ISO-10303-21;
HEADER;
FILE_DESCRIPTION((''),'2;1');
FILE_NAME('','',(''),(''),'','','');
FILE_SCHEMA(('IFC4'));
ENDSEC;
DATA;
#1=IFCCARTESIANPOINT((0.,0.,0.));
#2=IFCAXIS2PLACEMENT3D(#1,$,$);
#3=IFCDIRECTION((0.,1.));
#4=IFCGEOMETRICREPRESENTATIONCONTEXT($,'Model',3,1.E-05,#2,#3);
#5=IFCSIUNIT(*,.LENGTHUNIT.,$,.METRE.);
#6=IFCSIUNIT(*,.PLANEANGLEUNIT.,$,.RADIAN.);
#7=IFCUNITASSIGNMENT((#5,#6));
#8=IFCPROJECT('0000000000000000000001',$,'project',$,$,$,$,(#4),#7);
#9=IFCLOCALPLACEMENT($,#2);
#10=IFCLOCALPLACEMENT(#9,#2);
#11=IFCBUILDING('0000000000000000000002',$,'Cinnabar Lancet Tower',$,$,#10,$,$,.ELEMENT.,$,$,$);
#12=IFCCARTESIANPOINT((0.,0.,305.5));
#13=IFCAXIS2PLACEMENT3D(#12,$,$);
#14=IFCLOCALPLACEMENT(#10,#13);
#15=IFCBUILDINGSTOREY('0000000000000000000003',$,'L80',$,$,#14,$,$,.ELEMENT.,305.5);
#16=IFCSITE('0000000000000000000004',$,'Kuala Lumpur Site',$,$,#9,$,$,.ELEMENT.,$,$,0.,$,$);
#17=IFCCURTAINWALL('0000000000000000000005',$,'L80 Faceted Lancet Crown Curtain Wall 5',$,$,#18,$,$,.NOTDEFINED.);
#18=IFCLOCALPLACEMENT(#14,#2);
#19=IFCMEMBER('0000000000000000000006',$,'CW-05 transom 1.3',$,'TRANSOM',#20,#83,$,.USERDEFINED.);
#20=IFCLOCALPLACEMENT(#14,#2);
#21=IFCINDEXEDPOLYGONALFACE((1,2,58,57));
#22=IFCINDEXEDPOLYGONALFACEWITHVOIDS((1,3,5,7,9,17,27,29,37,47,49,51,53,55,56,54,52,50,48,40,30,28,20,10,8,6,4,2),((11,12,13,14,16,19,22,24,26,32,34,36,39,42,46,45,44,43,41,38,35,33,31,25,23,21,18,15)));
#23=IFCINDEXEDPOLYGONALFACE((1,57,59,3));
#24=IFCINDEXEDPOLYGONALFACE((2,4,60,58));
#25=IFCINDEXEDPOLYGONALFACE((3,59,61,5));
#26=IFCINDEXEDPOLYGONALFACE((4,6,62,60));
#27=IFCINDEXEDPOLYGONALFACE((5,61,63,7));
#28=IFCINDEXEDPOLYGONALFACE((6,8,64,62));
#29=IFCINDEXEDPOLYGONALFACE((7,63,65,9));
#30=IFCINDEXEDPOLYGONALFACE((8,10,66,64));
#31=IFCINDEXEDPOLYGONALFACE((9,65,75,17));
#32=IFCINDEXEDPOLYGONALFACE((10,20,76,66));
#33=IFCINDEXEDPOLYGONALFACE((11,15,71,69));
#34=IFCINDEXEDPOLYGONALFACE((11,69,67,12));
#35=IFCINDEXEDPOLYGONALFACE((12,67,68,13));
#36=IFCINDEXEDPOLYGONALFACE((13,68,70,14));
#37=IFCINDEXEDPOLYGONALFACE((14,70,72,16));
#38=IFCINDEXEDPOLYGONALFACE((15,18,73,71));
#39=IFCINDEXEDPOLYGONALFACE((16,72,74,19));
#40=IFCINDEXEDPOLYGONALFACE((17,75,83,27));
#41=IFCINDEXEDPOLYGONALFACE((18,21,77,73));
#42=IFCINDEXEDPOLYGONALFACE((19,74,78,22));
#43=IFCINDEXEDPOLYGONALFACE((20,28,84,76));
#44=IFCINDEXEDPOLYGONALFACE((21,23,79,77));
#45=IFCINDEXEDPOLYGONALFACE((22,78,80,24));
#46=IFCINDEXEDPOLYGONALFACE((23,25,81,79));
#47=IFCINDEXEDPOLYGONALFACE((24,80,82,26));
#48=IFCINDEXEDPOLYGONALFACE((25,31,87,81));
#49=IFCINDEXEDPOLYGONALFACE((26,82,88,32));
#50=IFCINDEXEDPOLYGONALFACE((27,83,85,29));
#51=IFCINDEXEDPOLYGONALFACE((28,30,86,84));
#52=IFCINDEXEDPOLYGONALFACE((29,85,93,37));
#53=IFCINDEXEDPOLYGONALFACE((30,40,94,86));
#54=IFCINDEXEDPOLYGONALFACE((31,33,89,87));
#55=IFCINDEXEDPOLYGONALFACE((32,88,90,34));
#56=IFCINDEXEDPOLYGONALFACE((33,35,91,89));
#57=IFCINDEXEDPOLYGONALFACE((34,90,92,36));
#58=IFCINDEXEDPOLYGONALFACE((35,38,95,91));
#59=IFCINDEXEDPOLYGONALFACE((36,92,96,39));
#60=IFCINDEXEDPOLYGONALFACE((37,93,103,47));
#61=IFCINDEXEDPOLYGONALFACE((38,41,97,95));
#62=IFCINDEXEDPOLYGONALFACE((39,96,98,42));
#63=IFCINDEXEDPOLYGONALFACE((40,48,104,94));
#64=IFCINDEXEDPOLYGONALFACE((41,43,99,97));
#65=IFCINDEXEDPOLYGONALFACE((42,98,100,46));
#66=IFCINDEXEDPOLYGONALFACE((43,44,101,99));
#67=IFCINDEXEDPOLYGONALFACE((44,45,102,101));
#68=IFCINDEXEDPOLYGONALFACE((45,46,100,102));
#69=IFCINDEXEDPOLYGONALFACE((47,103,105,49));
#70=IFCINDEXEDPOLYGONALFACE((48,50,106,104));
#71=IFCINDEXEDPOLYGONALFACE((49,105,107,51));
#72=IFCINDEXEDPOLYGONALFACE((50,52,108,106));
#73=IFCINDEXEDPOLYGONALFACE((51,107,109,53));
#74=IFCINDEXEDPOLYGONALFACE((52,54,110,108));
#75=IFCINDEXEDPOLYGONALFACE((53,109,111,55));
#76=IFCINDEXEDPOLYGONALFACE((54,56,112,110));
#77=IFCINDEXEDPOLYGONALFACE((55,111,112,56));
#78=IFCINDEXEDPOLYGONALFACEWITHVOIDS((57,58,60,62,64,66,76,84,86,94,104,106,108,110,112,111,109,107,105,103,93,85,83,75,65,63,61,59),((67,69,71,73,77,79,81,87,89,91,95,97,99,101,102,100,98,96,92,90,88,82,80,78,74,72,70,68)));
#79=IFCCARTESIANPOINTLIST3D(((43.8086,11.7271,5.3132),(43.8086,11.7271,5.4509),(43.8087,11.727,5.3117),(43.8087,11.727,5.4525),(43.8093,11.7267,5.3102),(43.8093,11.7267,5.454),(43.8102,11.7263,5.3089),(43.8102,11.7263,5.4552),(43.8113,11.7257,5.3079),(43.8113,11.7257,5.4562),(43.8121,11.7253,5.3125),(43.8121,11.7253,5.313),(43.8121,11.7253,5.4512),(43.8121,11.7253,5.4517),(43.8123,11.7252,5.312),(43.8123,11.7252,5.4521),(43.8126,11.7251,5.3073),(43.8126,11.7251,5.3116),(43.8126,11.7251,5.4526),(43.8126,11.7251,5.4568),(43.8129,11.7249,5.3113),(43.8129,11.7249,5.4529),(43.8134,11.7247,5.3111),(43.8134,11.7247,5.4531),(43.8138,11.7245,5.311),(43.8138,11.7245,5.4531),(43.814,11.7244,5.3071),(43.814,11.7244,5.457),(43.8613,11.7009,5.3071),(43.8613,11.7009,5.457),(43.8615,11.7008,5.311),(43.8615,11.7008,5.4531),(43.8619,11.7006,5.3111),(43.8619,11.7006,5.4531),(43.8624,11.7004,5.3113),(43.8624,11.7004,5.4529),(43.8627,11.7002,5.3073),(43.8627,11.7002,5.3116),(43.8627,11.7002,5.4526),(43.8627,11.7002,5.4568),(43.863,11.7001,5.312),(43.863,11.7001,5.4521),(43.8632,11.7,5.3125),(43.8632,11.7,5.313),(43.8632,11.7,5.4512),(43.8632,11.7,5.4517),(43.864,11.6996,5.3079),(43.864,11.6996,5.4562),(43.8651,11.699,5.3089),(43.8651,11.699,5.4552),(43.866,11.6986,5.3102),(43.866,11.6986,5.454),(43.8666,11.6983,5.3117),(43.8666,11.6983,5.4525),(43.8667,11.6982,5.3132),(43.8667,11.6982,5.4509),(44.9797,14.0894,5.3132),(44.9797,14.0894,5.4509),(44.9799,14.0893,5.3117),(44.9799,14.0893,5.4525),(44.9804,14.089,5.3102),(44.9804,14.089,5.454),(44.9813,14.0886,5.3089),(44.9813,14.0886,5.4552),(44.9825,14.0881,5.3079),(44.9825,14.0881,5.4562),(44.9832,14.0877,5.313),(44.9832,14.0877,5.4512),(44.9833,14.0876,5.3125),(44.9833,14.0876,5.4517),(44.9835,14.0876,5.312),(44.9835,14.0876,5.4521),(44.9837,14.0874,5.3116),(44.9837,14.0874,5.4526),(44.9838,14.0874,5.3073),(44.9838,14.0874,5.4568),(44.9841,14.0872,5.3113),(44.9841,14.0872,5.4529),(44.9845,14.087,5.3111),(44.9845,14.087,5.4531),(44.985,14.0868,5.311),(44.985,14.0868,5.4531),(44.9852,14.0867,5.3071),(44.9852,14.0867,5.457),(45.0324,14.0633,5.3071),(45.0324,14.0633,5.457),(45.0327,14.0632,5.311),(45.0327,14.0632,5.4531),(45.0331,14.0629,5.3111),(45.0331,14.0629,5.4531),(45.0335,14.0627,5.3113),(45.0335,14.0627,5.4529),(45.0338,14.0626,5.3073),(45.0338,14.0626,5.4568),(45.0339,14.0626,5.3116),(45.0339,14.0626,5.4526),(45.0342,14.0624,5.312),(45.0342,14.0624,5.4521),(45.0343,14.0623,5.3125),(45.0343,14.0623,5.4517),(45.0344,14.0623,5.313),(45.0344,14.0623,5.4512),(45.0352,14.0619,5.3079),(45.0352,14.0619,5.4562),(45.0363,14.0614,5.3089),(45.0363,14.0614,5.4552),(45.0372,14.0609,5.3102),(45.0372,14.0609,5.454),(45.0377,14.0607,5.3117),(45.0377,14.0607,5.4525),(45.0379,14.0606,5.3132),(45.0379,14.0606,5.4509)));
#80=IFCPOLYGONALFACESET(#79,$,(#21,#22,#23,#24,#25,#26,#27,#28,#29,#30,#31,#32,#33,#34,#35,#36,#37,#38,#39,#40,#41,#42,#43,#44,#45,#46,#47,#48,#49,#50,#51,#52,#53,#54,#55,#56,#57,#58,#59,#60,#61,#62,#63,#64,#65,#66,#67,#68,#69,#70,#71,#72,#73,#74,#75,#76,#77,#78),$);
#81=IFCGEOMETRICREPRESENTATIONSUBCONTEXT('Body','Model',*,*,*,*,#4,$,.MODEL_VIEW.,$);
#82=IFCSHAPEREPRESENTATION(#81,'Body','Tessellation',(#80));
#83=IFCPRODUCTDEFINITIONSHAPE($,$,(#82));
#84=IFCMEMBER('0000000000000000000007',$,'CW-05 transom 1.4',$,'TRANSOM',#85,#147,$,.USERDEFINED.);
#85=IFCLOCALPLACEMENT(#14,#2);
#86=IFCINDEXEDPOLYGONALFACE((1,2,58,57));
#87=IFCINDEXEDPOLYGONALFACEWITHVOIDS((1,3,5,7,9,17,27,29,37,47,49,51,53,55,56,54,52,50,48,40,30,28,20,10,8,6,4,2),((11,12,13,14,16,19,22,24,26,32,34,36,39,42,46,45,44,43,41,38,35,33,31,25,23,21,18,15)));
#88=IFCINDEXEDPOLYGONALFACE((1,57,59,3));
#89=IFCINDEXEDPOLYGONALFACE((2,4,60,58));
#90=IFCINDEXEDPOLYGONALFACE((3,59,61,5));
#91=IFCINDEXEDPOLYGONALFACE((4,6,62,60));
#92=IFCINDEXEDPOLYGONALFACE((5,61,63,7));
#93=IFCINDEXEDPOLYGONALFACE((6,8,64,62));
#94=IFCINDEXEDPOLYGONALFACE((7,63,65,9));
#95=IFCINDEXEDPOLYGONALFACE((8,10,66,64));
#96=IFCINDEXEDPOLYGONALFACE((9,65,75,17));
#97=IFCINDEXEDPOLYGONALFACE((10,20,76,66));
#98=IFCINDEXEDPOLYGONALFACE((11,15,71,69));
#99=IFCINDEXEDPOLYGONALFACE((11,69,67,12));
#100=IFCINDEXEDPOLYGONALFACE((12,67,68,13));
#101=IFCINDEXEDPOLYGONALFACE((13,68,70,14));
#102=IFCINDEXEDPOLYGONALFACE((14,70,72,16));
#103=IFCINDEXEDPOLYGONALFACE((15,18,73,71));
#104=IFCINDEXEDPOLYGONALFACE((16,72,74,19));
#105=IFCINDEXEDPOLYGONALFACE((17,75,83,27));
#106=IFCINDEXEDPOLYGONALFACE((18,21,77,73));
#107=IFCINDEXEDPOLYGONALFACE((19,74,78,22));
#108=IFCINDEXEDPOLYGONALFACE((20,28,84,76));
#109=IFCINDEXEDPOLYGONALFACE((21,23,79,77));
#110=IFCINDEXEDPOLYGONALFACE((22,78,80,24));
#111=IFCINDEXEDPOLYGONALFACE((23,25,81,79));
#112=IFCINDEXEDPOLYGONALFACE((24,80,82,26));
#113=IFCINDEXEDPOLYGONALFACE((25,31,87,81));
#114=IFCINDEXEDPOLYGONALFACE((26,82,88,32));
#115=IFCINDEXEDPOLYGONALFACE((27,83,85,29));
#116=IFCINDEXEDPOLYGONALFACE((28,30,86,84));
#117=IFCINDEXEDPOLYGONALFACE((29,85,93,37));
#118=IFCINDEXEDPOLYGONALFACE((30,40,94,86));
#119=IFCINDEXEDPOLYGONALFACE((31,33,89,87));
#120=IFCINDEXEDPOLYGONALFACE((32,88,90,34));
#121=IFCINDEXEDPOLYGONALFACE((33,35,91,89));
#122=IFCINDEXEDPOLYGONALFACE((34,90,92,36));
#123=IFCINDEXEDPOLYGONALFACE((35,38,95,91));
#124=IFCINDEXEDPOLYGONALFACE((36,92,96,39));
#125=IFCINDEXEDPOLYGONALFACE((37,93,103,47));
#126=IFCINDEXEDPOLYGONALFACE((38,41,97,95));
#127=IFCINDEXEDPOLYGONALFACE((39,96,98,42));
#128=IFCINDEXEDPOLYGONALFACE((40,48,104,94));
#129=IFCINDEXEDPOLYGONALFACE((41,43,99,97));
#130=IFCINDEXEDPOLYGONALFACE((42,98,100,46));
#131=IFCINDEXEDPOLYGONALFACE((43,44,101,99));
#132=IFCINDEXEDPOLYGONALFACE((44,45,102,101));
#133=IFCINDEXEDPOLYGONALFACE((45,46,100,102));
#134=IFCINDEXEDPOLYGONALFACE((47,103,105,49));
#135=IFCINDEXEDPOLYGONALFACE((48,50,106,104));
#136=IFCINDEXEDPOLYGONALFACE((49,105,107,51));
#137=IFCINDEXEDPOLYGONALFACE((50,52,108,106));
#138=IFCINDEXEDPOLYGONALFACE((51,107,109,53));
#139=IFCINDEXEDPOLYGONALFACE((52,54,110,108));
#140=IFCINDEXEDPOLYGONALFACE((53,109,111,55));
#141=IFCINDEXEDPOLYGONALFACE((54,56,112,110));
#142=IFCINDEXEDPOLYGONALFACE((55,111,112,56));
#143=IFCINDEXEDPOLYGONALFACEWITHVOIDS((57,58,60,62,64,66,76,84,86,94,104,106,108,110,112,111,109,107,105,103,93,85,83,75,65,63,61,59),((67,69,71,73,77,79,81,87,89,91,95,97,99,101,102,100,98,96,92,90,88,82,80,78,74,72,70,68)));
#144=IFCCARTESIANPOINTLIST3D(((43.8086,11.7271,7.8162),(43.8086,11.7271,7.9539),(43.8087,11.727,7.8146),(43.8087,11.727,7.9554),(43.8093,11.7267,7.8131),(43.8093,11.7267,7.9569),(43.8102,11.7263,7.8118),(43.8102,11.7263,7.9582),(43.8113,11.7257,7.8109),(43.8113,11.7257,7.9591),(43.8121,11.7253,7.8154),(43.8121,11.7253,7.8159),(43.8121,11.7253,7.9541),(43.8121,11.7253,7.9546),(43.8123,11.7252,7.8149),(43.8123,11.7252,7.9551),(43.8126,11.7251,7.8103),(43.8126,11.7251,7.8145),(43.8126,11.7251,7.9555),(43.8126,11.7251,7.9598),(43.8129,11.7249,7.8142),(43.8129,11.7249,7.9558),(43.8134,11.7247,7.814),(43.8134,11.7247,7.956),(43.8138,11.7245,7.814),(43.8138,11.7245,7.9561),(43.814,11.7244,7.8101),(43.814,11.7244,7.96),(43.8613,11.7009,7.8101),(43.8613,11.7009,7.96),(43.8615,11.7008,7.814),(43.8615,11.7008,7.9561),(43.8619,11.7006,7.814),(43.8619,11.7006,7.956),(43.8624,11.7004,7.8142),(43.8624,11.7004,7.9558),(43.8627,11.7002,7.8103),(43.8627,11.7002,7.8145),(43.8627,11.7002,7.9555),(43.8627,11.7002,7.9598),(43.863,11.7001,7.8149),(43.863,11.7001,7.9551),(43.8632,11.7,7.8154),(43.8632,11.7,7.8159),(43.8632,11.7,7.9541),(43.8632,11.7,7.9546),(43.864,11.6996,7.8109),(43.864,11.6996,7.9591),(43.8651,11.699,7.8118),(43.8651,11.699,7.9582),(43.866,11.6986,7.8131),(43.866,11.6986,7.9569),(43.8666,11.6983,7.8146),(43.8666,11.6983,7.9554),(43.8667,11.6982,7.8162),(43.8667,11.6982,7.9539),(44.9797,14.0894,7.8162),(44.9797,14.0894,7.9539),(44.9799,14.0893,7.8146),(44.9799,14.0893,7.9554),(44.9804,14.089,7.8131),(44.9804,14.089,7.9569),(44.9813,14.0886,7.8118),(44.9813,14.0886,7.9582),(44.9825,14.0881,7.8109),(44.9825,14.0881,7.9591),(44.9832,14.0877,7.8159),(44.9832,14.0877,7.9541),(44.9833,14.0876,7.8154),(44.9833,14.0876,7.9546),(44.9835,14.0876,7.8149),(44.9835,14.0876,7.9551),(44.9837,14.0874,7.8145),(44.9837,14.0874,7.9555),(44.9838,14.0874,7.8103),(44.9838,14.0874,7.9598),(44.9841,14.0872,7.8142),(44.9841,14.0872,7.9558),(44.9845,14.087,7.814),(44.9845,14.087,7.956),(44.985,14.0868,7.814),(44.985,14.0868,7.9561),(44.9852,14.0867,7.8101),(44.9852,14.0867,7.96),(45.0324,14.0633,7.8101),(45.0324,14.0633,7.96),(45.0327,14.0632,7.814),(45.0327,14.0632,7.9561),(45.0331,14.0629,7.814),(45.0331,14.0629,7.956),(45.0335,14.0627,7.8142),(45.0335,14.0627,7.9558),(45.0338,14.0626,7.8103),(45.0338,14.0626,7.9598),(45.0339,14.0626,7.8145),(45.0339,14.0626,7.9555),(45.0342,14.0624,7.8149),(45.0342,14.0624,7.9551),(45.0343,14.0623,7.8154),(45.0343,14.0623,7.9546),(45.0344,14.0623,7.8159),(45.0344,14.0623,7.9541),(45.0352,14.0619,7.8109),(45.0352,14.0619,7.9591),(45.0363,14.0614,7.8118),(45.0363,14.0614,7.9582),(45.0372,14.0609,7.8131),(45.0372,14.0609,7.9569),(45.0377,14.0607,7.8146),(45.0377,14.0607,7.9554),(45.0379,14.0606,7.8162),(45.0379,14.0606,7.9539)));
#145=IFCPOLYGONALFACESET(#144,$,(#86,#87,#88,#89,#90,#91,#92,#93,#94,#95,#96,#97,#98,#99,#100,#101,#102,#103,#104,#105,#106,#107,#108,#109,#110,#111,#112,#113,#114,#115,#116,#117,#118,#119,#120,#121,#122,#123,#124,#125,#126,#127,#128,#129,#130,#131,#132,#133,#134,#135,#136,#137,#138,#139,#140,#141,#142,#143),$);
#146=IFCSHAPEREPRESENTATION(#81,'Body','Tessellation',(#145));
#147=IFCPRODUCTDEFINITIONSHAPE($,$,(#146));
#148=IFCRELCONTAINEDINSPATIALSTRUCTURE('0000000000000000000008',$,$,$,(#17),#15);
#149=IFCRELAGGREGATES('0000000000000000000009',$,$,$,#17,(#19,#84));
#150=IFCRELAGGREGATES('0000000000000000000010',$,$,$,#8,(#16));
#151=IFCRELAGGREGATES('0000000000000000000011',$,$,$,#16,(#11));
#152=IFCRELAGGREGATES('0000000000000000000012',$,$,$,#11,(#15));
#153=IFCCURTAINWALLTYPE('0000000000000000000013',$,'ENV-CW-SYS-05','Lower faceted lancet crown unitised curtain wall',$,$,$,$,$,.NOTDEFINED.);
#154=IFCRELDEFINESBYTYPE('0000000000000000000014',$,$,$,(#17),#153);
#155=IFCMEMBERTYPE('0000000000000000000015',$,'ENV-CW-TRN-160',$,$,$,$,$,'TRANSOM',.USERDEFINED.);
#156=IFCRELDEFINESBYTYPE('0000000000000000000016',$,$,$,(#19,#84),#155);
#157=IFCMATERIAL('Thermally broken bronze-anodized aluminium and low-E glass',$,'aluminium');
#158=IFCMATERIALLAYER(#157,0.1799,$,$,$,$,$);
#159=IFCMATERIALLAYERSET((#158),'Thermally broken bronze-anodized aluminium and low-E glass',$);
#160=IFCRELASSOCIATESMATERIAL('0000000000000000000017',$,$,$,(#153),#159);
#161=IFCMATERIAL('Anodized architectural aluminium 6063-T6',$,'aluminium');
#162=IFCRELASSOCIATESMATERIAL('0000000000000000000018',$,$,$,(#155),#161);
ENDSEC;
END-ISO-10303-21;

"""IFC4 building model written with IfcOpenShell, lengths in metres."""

from ifc_helpers import new_model, si_unit, direction, frame, origin, origin_2d, place, context, subcontext, project, spatial, hollow_rectangle, extrude, material, layer, layer_set, material_profile, profile_set, type_object, element, aggregate, save


model = new_model("IFC4")

# Units and contexts
model_context = context("Model", 3, precision=1e-05, world=origin(), true_north=direction((0.0, 1.0)))
body_context = subcontext(model_context, "Body", "Model", "MODEL_VIEW")
ifc_project = project(units=[si_unit("LENGTHUNIT", "METRE"), si_unit("PLANEANGLEUNIT", "RADIAN")], contexts=[model_context])

# Site, building, storey
site_placement = place(None, origin())
site = spatial("IfcSite", under=ifc_project, at=site_placement, Name="Kuala Lumpur Site", CompositionType="ELEMENT", RefElevation=0.0)
building_placement = place(site_placement, origin())
building = spatial("IfcBuilding", under=site, at=building_placement, Name="Cinnabar Lancet Tower", CompositionType="ELEMENT")
storey_placement = place(building_placement, frame((0.0, 0.0, 305.5)))
storey = spatial("IfcBuildingStorey", under=building, at=storey_placement, Name="L80", CompositionType="ELEMENT", Elevation=305.5)

# Curtain wall, members
ifc_material_1 = material(Name="Thermally broken bronze-anodized aluminium and low-E glass", Category="aluminium")
ifc_layer_1 = layer(ifc_material_1, 0.1799)
ifc_layer_set_1 = layer_set([ifc_layer_1], Name="Thermally broken bronze-anodized aluminium and low-E glass")
curtain_wall_type = type_object("IfcCurtainWallType", Name="ENV-CW-SYS-05", Description="Lower faceted lancet crown unitised curtain wall", PredefinedType="NOTDEFINED", material=ifc_layer_set_1)
curtain_wall_placement = place(storey_placement, origin())
curtain_wall = element("IfcCurtainWall", 1, at=curtain_wall_placement, inside=storey, type_object=curtain_wall_type, Name="L80 Faceted Lancet Crown Curtain Wall 5", PredefinedType="NOTDEFINED")
ifc_material_2 = material(Name="Anodized architectural aluminium 6063-T6", Category="aluminium")
ifc_material_profile_1 = material_profile(ifc_material_2, hollow_rectangle(XDim=0.0649, YDim=0.1499, WallThickness=0.0039, InnerFilletRadius=0.002, OuterFilletRadius=0.0061, at=origin_2d()), Name="CW-TRN 150x65x4")
ifc_profile_set_1 = profile_set([ifc_material_profile_1], Name="Anodized architectural aluminium 6063-T6")
member_type_1 = type_object("IfcMemberType", Name="ENV-CW-TRN-160", ElementType="TRANSOM", PredefinedType="USERDEFINED", material=ifc_profile_set_1)
member_1_placement = place(storey_placement, frame((43.8376, 11.7126, 5.3821), z_axis=(0.444174, 0.895941, 0.0), x_axis=(-0.895941, 0.444174, 0.0)))
member_1 = element("IfcMember", 2, at=member_1_placement, type_object=member_type_1, Name="CW-05 transom 1.3", ObjectType="TRANSOM", PredefinedType="USERDEFINED", context=body_context, shape_type="SweptSolid", body=[
    extrude(hollow_rectangle(XDim=0.0649, YDim=0.1499, WallThickness=0.0039, InnerFilletRadius=0.002, OuterFilletRadius=0.0061, at=origin_2d()), origin(), (0.0, 0.0, 1.0), 2.6367),
])
member_2_placement = place(storey_placement, frame((43.8376, 11.7126, 7.885), z_axis=(0.444174, 0.895941, 0.0), x_axis=(-0.895941, 0.444174, 0.0)))
member_2 = element("IfcMember", 3, at=member_2_placement, type_object=member_type_1, Name="CW-05 transom 1.4", ObjectType="TRANSOM", PredefinedType="USERDEFINED", context=body_context, shape_type="SweptSolid", body=[
    extrude(hollow_rectangle(XDim=0.0649, YDim=0.1499, WallThickness=0.0039, InnerFilletRadius=0.002, OuterFilletRadius=0.0061, at=origin_2d()), origin(), (0.0, 0.0, 1.0), 2.6367),
])
aggregate(curtain_wall, [member_1, member_2])

save(model, "model.ifc")
